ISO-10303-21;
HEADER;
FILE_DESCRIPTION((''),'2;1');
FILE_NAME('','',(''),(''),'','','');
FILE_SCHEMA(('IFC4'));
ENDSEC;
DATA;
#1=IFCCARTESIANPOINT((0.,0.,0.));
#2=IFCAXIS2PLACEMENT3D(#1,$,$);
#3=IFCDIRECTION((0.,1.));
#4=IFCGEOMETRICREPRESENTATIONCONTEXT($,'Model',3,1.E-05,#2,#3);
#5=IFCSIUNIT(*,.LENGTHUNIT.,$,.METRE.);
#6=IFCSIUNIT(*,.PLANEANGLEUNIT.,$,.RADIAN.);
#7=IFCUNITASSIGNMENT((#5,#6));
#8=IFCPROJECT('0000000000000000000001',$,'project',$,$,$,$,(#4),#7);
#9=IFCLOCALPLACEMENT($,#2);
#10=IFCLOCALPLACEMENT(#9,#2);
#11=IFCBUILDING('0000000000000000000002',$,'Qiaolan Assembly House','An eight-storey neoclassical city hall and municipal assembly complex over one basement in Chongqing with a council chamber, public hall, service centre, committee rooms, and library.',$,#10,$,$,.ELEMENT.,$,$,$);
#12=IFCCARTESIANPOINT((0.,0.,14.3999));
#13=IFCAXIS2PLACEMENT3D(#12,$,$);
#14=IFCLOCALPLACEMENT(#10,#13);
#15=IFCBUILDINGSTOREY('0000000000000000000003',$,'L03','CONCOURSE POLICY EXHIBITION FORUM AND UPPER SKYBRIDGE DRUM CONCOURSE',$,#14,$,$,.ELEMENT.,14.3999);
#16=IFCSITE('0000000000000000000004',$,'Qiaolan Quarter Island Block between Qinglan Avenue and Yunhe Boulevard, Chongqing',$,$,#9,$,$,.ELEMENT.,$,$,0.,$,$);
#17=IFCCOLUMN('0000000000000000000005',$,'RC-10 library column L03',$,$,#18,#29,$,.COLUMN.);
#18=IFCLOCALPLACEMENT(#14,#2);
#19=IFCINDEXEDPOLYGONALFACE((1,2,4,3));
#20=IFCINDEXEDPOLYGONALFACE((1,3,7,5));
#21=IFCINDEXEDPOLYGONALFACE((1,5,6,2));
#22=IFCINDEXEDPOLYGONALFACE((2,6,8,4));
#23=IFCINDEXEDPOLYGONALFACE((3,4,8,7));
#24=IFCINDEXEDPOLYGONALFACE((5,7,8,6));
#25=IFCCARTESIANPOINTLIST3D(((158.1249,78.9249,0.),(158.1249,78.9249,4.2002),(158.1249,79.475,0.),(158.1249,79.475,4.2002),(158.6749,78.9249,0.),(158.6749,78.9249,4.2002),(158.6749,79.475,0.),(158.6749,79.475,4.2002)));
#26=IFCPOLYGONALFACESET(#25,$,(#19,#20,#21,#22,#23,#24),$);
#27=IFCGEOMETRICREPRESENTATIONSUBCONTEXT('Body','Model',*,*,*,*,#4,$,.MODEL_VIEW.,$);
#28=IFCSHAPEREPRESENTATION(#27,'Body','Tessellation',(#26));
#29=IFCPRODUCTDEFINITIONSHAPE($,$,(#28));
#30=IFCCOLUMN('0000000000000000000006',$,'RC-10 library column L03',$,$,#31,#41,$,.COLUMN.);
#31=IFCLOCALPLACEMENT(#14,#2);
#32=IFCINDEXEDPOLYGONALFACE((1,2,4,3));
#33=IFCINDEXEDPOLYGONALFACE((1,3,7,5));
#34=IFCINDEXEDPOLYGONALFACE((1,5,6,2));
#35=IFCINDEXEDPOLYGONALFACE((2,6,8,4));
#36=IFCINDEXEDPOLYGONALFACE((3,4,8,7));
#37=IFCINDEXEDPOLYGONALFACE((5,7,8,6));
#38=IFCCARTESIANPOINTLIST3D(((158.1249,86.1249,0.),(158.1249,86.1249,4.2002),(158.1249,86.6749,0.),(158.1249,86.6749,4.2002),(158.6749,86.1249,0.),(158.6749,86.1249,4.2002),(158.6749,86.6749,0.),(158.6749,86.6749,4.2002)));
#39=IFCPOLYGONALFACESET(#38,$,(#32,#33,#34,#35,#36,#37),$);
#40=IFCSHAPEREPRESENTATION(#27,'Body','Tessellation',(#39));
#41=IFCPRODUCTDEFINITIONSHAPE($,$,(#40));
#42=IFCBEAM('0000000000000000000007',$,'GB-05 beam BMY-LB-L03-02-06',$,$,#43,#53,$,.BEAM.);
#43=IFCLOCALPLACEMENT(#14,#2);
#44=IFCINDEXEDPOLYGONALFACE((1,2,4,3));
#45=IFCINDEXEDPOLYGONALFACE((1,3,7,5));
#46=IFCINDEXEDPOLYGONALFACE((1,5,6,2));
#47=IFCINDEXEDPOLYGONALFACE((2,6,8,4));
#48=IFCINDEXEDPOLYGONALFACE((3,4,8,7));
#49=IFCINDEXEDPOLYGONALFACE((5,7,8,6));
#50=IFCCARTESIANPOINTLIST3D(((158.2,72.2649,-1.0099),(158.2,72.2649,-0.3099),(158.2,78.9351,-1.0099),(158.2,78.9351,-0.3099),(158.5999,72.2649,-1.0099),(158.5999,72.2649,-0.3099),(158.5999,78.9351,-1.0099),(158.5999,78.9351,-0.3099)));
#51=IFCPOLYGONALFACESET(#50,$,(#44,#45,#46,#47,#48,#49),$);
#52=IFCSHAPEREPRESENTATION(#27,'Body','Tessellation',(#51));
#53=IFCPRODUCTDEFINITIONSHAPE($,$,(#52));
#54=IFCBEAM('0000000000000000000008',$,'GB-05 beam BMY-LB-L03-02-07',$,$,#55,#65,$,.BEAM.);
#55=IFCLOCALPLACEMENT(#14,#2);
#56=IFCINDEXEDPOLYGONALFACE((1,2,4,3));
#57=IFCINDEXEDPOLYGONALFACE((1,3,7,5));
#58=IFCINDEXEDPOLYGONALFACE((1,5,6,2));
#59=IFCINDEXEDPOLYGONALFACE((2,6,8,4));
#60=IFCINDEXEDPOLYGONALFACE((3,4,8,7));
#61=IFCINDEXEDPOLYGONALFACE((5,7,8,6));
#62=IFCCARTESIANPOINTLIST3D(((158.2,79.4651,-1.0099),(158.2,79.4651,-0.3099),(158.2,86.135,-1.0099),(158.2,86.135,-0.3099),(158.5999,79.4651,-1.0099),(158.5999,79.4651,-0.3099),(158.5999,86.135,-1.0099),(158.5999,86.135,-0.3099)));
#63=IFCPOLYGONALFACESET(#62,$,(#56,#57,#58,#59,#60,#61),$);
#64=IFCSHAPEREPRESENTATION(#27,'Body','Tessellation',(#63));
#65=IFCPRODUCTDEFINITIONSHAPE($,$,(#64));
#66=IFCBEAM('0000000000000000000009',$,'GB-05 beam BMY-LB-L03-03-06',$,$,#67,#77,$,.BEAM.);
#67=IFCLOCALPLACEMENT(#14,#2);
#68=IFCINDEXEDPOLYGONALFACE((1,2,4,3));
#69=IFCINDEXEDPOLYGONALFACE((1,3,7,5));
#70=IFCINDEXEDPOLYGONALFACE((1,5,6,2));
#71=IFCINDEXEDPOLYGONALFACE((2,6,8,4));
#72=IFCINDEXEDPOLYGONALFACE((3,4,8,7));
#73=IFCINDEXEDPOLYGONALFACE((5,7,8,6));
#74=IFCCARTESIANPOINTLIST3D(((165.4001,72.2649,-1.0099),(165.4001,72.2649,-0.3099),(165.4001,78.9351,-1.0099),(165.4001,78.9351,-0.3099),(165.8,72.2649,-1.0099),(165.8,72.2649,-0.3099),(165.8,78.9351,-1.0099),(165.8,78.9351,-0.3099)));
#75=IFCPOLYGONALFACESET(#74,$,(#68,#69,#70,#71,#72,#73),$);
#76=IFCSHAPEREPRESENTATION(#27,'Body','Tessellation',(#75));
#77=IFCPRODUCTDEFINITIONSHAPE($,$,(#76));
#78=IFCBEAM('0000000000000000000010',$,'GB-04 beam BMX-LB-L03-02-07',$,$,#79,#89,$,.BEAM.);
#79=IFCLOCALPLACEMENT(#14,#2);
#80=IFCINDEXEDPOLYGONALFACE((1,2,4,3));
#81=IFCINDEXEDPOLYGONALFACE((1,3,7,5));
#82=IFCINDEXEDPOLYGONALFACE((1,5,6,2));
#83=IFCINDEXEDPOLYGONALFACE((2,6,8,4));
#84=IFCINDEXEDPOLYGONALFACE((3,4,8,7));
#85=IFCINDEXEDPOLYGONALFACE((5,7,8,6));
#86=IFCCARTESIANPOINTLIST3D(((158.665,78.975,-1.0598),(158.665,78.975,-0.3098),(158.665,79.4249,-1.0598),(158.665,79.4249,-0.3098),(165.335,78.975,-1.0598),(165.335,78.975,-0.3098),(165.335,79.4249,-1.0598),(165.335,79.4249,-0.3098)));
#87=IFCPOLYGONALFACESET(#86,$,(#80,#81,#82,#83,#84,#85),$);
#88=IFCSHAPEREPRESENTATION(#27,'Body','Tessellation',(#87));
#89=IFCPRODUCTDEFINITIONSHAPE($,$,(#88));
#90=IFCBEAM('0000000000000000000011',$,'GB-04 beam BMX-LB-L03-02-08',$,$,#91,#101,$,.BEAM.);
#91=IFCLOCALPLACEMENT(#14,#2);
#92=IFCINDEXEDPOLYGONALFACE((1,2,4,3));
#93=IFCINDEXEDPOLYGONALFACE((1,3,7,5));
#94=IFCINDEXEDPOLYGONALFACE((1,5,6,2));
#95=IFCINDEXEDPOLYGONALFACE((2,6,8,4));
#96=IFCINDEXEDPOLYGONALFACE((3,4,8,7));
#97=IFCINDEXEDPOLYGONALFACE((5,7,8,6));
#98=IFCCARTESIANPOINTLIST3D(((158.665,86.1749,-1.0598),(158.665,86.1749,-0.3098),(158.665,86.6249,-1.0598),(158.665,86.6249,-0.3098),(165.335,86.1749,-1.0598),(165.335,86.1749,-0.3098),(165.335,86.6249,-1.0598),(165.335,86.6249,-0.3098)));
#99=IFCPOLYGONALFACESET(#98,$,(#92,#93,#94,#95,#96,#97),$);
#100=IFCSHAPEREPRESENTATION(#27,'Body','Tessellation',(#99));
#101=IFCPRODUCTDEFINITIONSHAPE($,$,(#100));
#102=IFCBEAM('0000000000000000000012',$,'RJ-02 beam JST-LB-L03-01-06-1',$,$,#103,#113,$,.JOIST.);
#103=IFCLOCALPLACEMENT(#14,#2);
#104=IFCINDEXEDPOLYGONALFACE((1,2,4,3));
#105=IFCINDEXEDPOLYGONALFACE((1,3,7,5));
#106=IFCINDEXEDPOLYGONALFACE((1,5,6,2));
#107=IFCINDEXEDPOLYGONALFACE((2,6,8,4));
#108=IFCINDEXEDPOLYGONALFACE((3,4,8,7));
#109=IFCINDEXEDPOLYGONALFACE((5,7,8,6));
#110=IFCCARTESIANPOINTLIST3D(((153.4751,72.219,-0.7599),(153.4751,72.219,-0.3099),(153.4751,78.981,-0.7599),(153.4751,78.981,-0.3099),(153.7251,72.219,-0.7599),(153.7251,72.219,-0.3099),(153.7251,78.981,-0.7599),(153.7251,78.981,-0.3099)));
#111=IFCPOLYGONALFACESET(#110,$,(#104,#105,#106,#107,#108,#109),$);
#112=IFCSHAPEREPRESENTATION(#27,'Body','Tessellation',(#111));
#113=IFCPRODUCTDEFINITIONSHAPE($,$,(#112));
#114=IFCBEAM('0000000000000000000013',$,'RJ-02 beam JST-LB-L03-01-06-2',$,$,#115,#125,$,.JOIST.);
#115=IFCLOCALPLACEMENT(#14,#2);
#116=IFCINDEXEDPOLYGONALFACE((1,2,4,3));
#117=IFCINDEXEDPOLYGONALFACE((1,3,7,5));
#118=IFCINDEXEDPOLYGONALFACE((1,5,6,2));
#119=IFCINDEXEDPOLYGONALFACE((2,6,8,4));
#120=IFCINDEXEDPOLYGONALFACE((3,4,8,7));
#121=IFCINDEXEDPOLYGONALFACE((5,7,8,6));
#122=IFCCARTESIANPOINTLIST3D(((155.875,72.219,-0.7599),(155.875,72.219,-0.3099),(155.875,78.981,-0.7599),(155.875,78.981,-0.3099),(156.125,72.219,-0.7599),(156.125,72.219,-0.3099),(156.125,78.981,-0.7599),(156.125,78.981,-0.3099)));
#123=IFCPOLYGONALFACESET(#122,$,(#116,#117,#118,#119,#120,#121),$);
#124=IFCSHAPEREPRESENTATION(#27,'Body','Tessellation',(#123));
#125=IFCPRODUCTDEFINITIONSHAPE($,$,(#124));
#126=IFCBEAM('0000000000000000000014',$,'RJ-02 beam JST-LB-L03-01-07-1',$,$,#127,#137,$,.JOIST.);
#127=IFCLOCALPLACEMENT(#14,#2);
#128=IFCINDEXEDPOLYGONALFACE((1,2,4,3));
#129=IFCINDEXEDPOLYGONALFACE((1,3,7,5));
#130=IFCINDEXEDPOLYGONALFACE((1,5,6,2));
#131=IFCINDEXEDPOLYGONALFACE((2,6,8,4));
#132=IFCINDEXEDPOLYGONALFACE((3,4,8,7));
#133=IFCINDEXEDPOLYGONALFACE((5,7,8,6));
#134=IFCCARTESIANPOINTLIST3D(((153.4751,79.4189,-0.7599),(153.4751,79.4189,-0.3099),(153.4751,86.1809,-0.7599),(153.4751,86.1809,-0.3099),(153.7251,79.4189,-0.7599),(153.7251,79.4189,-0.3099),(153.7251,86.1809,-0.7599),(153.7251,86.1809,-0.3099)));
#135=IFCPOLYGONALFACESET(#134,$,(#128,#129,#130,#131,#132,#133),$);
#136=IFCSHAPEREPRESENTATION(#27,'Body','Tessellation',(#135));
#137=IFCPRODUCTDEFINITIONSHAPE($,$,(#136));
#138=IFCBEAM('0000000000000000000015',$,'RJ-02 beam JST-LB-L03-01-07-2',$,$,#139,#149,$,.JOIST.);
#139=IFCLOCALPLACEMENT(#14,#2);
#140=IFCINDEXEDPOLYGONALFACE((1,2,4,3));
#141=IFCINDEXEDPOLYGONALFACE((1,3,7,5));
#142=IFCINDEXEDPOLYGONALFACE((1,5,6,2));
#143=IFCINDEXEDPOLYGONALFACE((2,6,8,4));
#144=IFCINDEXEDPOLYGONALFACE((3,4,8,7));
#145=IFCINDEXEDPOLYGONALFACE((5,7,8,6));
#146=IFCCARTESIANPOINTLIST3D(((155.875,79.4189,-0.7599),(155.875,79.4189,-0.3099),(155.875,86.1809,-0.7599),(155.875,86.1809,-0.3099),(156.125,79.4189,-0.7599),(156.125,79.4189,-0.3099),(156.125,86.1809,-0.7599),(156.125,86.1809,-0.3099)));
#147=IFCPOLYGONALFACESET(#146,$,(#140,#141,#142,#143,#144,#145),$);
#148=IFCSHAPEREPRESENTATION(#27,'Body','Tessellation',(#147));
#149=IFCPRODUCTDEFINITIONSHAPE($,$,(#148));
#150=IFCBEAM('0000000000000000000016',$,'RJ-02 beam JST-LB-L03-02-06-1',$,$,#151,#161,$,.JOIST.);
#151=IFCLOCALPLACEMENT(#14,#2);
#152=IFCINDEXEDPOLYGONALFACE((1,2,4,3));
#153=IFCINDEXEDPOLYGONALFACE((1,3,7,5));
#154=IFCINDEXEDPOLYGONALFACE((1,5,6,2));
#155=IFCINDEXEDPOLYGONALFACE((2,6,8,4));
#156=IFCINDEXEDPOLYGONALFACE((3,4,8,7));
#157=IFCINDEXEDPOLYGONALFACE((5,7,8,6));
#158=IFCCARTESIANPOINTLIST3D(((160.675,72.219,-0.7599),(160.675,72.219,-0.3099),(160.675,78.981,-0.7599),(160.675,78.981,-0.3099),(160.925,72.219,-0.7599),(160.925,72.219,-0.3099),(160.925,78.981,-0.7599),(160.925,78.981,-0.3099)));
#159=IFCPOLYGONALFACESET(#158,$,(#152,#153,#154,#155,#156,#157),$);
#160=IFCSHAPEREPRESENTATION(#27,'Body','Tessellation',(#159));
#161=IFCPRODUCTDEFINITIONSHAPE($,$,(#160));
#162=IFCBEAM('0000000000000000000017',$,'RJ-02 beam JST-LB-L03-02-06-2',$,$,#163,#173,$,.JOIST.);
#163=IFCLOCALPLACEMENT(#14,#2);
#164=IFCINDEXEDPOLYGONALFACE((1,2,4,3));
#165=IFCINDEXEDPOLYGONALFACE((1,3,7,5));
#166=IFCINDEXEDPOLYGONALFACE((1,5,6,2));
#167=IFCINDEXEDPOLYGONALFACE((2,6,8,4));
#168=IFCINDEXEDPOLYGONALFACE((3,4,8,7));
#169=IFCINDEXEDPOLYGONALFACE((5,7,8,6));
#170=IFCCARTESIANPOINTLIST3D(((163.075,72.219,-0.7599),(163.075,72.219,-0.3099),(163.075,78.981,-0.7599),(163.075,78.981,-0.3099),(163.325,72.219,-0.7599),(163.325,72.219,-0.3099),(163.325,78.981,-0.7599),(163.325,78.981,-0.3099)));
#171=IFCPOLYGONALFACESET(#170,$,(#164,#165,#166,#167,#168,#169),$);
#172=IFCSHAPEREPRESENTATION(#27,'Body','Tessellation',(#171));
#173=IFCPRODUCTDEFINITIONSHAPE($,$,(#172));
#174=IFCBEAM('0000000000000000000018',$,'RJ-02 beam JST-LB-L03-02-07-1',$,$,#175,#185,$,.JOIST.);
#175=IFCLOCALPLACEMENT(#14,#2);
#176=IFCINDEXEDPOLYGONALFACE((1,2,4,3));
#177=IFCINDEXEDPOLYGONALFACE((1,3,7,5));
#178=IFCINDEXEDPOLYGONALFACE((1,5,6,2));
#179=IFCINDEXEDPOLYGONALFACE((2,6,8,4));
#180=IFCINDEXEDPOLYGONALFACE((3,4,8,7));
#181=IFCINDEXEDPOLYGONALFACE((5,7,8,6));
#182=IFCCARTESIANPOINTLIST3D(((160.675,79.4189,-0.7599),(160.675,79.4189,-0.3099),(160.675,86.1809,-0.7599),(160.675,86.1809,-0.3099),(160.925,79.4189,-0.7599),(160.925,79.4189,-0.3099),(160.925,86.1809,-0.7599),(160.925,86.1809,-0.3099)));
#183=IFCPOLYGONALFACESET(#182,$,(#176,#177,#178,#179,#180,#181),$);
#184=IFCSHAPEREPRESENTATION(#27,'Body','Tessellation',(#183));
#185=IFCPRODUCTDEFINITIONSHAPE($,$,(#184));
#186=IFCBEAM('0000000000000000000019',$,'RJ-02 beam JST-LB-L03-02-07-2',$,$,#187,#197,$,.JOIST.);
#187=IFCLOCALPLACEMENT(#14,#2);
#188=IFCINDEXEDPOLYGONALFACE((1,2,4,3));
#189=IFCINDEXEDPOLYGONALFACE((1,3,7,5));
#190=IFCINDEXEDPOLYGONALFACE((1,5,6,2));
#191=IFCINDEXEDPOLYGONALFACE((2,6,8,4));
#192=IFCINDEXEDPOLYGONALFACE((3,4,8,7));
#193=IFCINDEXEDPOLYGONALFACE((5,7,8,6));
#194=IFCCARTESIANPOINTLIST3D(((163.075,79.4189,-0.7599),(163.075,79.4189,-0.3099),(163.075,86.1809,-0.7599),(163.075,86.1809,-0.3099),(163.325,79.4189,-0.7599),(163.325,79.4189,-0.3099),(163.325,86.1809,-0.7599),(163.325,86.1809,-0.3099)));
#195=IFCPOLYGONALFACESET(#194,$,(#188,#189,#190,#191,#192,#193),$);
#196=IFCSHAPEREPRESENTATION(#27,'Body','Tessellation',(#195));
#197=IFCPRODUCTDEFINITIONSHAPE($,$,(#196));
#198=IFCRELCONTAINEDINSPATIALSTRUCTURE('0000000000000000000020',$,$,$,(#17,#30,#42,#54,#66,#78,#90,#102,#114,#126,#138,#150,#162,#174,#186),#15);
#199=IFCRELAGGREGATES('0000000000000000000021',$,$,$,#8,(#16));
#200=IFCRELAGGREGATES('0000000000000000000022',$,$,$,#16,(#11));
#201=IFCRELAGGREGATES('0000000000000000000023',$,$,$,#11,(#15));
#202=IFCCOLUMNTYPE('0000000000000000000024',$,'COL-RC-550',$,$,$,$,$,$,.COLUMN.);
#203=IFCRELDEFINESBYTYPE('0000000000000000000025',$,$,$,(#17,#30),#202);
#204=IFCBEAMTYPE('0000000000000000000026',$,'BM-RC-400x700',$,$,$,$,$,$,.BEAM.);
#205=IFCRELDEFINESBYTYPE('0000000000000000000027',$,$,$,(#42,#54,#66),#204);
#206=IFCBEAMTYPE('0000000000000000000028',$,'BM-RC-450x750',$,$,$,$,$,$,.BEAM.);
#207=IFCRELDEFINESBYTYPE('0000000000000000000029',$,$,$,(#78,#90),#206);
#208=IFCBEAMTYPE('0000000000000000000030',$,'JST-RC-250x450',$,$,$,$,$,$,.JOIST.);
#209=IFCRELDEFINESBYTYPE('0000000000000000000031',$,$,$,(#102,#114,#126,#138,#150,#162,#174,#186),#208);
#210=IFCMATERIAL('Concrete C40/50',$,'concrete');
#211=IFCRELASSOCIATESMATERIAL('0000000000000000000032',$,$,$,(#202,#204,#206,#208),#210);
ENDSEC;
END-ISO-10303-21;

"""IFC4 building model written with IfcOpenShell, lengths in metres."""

from ifc_helpers import new_model, si_unit, direction, frame, origin, origin_2d, place, context, subcontext, project, spatial, rectangle, extrude, material, material_profile, profile_set, type_object, element, save


model = new_model("IFC4")

# Units and contexts
model_context = context("Model", 3, precision=1e-05, world=origin(), true_north=direction((0.0, 1.0)))
body_context = subcontext(model_context, "Body", "Model", "MODEL_VIEW")
ifc_project = project(units=[si_unit("LENGTHUNIT", "METRE"), si_unit("PLANEANGLEUNIT", "RADIAN")], contexts=[model_context])

# Site, building, storey
site_placement = place(None, origin())
site = spatial("IfcSite", under=ifc_project, at=site_placement, Name="Qiaolan Quarter Island Block between Qinglan Avenue and Yunhe Boulevard, Chongqing", CompositionType="ELEMENT", RefElevation=0.0)
building_placement = place(site_placement, origin())
building = spatial("IfcBuilding", under=site, at=building_placement, Name="Qiaolan Assembly House", Description="An eight-storey neoclassical city hall and municipal assembly complex over one basement in Chongqing with a council chamber, public hall, service centre, committee rooms, and library.", CompositionType="ELEMENT")
storey_placement = place(building_placement, frame((0.0, 0.0, 14.3999)))
storey = spatial("IfcBuildingStorey", under=building, at=storey_placement, Name="L03", Description="CONCOURSE POLICY EXHIBITION FORUM AND UPPER SKYBRIDGE DRUM CONCOURSE", CompositionType="ELEMENT", Elevation=14.3999)

# Columns
ifc_material_1 = material(Name="Concrete C40/50", Category="concrete")
ifc_material_profile_1 = material_profile(ifc_material_1, rectangle(XDim=0.55, YDim=0.55, at=origin_2d()), Name="RC 550x550")
ifc_profile_set_1 = profile_set([ifc_material_profile_1], Name="Concrete C40/50")
column_type = type_object("IfcColumnType", Name="COL-RC-550", PredefinedType="COLUMN", material=ifc_profile_set_1)
for number, where, z_axis, x_axis, name in (
    (1, (158.3999, 79.2, 0.0), (0.0, 0.0, 1.0), (1.0, 0.0, 0.0), "RC-10 library column L03"),
    (2, (158.3999, 86.3999, 0.0), (0.0, 0.0, 1.0), (1.0, 0.0, 0.0), "RC-10 library column L03"),
):
    element("IfcColumn", number, at=place(storey_placement, frame(where, z_axis=z_axis, x_axis=x_axis)), inside=storey, type_object=column_type, Name=name, PredefinedType="COLUMN", context=body_context, shape_type="SweptSolid", body=[
        extrude(rectangle(XDim=0.55, YDim=0.55, at=origin_2d()), origin(), (0.0, 0.0, 1.0), 4.2002),
    ])

# Beams
ifc_material_profile_2 = material_profile(ifc_material_1, rectangle(XDim=0.3999, YDim=0.7, at=origin_2d()), Name="RCB 400x700")
ifc_profile_set_2 = profile_set([ifc_material_profile_2], Name="Concrete C40/50")
beam_type_1 = type_object("IfcBeamType", Name="BM-RC-400x700", PredefinedType="BEAM", material=ifc_profile_set_2)
beam_1_placement = place(storey_placement, frame((158.3999, 72.2649, -0.6599), z_axis=(0.0, 1.0, 0.0), x_axis=(-1.0, 0.0, 0.0)))
element("IfcBeam", 3, at=beam_1_placement, inside=storey, type_object=beam_type_1, Name="GB-05 beam BMY-LB-L03-02-06", PredefinedType="BEAM", context=body_context, shape_type="SweptSolid", body=[
    extrude(rectangle(XDim=0.3999, YDim=0.7, at=origin_2d()), origin(), (0.0, 0.0, 1.0), 6.6702),
])
beam_2_placement = place(storey_placement, frame((158.3999, 79.4651, -0.6599), z_axis=(0.0, 1.0, 0.0), x_axis=(-1.0, 0.0, 0.0)))
element("IfcBeam", 4, at=beam_2_placement, inside=storey, type_object=beam_type_1, Name="GB-05 beam BMY-LB-L03-02-07", PredefinedType="BEAM", context=body_context, shape_type="SweptSolid", body=[
    extrude(rectangle(XDim=0.3999, YDim=0.7, at=origin_2d()), origin(), (0.0, 0.0, 1.0), 6.6699),
])
beam_3_placement = place(storey_placement, frame((165.6001, 72.2649, -0.6599), z_axis=(0.0, 1.0, 0.0), x_axis=(-1.0, 0.0, 0.0)))
element("IfcBeam", 5, at=beam_3_placement, inside=storey, type_object=beam_type_1, Name="GB-05 beam BMY-LB-L03-03-06", PredefinedType="BEAM", context=body_context, shape_type="SweptSolid", body=[
    extrude(rectangle(XDim=0.3999, YDim=0.7, at=origin_2d()), origin(), (0.0, 0.0, 1.0), 6.6702),
])
ifc_material_profile_3 = material_profile(ifc_material_1, rectangle(XDim=0.45, YDim=0.75, at=origin_2d()), Name="RCB 450x750")
ifc_profile_set_3 = profile_set([ifc_material_profile_3], Name="Concrete C40/50")
beam_type_2 = type_object("IfcBeamType", Name="BM-RC-450x750", PredefinedType="BEAM", material=ifc_profile_set_3)
for number, where, z_axis, x_axis, name in (
    (6, (158.665, 79.2, -0.6848), (1.0, 0.0, 0.0), (0.0, 1.0, 0.0), "GB-04 beam BMX-LB-L03-02-07"),
    (7, (158.665, 86.3999, -0.6848), (1.0, 0.0, 0.0), (0.0, 1.0, 0.0), "GB-04 beam BMX-LB-L03-02-08"),
):
    element("IfcBeam", number, at=place(storey_placement, frame(where, z_axis=z_axis, x_axis=x_axis)), inside=storey, type_object=beam_type_2, Name=name, PredefinedType="BEAM", context=body_context, shape_type="SweptSolid", body=[
        extrude(rectangle(XDim=0.45, YDim=0.75, at=origin_2d()), origin(), (0.0, 0.0, 1.0), 6.6699),
    ])
ifc_material_profile_4 = material_profile(ifc_material_1, rectangle(XDim=0.25, YDim=0.45, at=origin_2d()), Name="RCB 250x450")
ifc_profile_set_4 = profile_set([ifc_material_profile_4], Name="Concrete C40/50")
beam_type_3 = type_object("IfcBeamType", Name="JST-RC-250x450", PredefinedType="JOIST", material=ifc_profile_set_4)
for number, where, z_axis, x_axis, name in (
    (8, (153.6001, 72.219, -0.5349), (0.0, 1.0, 0.0), (-1.0, 0.0, 0.0), "RJ-02 beam JST-LB-L03-01-06-1"),
    (9, (156.0, 72.219, -0.5349), (0.0, 1.0, 0.0), (-1.0, 0.0, 0.0), "RJ-02 beam JST-LB-L03-01-06-2"),
    (10, (153.6001, 79.4189, -0.5349), (0.0, 1.0, 0.0), (-1.0, 0.0, 0.0), "RJ-02 beam JST-LB-L03-01-07-1"),
    (11, (156.0, 79.4189, -0.5349), (0.0, 1.0, 0.0), (-1.0, 0.0, 0.0), "RJ-02 beam JST-LB-L03-01-07-2"),
    (12, (160.8, 72.219, -0.5349), (0.0, 1.0, 0.0), (-1.0, 0.0, 0.0), "RJ-02 beam JST-LB-L03-02-06-1"),
    (13, (163.2, 72.219, -0.5349), (0.0, 1.0, 0.0), (-1.0, 0.0, 0.0), "RJ-02 beam JST-LB-L03-02-06-2"),
    (14, (160.8, 79.4189, -0.5349), (0.0, 1.0, 0.0), (-1.0, 0.0, 0.0), "RJ-02 beam JST-LB-L03-02-07-1"),
    (15, (163.2, 79.4189, -0.5349), (0.0, 1.0, 0.0), (-1.0, 0.0, 0.0), "RJ-02 beam JST-LB-L03-02-07-2"),
):
    element("IfcBeam", number, at=place(storey_placement, frame(where, z_axis=z_axis, x_axis=x_axis)), inside=storey, type_object=beam_type_3, Name=name, PredefinedType="JOIST", context=body_context, shape_type="SweptSolid", body=[
        extrude(rectangle(XDim=0.25, YDim=0.45, at=origin_2d()), origin(), (0.0, 0.0, 1.0), 6.762),
    ])

save(model, "model.ifc")
